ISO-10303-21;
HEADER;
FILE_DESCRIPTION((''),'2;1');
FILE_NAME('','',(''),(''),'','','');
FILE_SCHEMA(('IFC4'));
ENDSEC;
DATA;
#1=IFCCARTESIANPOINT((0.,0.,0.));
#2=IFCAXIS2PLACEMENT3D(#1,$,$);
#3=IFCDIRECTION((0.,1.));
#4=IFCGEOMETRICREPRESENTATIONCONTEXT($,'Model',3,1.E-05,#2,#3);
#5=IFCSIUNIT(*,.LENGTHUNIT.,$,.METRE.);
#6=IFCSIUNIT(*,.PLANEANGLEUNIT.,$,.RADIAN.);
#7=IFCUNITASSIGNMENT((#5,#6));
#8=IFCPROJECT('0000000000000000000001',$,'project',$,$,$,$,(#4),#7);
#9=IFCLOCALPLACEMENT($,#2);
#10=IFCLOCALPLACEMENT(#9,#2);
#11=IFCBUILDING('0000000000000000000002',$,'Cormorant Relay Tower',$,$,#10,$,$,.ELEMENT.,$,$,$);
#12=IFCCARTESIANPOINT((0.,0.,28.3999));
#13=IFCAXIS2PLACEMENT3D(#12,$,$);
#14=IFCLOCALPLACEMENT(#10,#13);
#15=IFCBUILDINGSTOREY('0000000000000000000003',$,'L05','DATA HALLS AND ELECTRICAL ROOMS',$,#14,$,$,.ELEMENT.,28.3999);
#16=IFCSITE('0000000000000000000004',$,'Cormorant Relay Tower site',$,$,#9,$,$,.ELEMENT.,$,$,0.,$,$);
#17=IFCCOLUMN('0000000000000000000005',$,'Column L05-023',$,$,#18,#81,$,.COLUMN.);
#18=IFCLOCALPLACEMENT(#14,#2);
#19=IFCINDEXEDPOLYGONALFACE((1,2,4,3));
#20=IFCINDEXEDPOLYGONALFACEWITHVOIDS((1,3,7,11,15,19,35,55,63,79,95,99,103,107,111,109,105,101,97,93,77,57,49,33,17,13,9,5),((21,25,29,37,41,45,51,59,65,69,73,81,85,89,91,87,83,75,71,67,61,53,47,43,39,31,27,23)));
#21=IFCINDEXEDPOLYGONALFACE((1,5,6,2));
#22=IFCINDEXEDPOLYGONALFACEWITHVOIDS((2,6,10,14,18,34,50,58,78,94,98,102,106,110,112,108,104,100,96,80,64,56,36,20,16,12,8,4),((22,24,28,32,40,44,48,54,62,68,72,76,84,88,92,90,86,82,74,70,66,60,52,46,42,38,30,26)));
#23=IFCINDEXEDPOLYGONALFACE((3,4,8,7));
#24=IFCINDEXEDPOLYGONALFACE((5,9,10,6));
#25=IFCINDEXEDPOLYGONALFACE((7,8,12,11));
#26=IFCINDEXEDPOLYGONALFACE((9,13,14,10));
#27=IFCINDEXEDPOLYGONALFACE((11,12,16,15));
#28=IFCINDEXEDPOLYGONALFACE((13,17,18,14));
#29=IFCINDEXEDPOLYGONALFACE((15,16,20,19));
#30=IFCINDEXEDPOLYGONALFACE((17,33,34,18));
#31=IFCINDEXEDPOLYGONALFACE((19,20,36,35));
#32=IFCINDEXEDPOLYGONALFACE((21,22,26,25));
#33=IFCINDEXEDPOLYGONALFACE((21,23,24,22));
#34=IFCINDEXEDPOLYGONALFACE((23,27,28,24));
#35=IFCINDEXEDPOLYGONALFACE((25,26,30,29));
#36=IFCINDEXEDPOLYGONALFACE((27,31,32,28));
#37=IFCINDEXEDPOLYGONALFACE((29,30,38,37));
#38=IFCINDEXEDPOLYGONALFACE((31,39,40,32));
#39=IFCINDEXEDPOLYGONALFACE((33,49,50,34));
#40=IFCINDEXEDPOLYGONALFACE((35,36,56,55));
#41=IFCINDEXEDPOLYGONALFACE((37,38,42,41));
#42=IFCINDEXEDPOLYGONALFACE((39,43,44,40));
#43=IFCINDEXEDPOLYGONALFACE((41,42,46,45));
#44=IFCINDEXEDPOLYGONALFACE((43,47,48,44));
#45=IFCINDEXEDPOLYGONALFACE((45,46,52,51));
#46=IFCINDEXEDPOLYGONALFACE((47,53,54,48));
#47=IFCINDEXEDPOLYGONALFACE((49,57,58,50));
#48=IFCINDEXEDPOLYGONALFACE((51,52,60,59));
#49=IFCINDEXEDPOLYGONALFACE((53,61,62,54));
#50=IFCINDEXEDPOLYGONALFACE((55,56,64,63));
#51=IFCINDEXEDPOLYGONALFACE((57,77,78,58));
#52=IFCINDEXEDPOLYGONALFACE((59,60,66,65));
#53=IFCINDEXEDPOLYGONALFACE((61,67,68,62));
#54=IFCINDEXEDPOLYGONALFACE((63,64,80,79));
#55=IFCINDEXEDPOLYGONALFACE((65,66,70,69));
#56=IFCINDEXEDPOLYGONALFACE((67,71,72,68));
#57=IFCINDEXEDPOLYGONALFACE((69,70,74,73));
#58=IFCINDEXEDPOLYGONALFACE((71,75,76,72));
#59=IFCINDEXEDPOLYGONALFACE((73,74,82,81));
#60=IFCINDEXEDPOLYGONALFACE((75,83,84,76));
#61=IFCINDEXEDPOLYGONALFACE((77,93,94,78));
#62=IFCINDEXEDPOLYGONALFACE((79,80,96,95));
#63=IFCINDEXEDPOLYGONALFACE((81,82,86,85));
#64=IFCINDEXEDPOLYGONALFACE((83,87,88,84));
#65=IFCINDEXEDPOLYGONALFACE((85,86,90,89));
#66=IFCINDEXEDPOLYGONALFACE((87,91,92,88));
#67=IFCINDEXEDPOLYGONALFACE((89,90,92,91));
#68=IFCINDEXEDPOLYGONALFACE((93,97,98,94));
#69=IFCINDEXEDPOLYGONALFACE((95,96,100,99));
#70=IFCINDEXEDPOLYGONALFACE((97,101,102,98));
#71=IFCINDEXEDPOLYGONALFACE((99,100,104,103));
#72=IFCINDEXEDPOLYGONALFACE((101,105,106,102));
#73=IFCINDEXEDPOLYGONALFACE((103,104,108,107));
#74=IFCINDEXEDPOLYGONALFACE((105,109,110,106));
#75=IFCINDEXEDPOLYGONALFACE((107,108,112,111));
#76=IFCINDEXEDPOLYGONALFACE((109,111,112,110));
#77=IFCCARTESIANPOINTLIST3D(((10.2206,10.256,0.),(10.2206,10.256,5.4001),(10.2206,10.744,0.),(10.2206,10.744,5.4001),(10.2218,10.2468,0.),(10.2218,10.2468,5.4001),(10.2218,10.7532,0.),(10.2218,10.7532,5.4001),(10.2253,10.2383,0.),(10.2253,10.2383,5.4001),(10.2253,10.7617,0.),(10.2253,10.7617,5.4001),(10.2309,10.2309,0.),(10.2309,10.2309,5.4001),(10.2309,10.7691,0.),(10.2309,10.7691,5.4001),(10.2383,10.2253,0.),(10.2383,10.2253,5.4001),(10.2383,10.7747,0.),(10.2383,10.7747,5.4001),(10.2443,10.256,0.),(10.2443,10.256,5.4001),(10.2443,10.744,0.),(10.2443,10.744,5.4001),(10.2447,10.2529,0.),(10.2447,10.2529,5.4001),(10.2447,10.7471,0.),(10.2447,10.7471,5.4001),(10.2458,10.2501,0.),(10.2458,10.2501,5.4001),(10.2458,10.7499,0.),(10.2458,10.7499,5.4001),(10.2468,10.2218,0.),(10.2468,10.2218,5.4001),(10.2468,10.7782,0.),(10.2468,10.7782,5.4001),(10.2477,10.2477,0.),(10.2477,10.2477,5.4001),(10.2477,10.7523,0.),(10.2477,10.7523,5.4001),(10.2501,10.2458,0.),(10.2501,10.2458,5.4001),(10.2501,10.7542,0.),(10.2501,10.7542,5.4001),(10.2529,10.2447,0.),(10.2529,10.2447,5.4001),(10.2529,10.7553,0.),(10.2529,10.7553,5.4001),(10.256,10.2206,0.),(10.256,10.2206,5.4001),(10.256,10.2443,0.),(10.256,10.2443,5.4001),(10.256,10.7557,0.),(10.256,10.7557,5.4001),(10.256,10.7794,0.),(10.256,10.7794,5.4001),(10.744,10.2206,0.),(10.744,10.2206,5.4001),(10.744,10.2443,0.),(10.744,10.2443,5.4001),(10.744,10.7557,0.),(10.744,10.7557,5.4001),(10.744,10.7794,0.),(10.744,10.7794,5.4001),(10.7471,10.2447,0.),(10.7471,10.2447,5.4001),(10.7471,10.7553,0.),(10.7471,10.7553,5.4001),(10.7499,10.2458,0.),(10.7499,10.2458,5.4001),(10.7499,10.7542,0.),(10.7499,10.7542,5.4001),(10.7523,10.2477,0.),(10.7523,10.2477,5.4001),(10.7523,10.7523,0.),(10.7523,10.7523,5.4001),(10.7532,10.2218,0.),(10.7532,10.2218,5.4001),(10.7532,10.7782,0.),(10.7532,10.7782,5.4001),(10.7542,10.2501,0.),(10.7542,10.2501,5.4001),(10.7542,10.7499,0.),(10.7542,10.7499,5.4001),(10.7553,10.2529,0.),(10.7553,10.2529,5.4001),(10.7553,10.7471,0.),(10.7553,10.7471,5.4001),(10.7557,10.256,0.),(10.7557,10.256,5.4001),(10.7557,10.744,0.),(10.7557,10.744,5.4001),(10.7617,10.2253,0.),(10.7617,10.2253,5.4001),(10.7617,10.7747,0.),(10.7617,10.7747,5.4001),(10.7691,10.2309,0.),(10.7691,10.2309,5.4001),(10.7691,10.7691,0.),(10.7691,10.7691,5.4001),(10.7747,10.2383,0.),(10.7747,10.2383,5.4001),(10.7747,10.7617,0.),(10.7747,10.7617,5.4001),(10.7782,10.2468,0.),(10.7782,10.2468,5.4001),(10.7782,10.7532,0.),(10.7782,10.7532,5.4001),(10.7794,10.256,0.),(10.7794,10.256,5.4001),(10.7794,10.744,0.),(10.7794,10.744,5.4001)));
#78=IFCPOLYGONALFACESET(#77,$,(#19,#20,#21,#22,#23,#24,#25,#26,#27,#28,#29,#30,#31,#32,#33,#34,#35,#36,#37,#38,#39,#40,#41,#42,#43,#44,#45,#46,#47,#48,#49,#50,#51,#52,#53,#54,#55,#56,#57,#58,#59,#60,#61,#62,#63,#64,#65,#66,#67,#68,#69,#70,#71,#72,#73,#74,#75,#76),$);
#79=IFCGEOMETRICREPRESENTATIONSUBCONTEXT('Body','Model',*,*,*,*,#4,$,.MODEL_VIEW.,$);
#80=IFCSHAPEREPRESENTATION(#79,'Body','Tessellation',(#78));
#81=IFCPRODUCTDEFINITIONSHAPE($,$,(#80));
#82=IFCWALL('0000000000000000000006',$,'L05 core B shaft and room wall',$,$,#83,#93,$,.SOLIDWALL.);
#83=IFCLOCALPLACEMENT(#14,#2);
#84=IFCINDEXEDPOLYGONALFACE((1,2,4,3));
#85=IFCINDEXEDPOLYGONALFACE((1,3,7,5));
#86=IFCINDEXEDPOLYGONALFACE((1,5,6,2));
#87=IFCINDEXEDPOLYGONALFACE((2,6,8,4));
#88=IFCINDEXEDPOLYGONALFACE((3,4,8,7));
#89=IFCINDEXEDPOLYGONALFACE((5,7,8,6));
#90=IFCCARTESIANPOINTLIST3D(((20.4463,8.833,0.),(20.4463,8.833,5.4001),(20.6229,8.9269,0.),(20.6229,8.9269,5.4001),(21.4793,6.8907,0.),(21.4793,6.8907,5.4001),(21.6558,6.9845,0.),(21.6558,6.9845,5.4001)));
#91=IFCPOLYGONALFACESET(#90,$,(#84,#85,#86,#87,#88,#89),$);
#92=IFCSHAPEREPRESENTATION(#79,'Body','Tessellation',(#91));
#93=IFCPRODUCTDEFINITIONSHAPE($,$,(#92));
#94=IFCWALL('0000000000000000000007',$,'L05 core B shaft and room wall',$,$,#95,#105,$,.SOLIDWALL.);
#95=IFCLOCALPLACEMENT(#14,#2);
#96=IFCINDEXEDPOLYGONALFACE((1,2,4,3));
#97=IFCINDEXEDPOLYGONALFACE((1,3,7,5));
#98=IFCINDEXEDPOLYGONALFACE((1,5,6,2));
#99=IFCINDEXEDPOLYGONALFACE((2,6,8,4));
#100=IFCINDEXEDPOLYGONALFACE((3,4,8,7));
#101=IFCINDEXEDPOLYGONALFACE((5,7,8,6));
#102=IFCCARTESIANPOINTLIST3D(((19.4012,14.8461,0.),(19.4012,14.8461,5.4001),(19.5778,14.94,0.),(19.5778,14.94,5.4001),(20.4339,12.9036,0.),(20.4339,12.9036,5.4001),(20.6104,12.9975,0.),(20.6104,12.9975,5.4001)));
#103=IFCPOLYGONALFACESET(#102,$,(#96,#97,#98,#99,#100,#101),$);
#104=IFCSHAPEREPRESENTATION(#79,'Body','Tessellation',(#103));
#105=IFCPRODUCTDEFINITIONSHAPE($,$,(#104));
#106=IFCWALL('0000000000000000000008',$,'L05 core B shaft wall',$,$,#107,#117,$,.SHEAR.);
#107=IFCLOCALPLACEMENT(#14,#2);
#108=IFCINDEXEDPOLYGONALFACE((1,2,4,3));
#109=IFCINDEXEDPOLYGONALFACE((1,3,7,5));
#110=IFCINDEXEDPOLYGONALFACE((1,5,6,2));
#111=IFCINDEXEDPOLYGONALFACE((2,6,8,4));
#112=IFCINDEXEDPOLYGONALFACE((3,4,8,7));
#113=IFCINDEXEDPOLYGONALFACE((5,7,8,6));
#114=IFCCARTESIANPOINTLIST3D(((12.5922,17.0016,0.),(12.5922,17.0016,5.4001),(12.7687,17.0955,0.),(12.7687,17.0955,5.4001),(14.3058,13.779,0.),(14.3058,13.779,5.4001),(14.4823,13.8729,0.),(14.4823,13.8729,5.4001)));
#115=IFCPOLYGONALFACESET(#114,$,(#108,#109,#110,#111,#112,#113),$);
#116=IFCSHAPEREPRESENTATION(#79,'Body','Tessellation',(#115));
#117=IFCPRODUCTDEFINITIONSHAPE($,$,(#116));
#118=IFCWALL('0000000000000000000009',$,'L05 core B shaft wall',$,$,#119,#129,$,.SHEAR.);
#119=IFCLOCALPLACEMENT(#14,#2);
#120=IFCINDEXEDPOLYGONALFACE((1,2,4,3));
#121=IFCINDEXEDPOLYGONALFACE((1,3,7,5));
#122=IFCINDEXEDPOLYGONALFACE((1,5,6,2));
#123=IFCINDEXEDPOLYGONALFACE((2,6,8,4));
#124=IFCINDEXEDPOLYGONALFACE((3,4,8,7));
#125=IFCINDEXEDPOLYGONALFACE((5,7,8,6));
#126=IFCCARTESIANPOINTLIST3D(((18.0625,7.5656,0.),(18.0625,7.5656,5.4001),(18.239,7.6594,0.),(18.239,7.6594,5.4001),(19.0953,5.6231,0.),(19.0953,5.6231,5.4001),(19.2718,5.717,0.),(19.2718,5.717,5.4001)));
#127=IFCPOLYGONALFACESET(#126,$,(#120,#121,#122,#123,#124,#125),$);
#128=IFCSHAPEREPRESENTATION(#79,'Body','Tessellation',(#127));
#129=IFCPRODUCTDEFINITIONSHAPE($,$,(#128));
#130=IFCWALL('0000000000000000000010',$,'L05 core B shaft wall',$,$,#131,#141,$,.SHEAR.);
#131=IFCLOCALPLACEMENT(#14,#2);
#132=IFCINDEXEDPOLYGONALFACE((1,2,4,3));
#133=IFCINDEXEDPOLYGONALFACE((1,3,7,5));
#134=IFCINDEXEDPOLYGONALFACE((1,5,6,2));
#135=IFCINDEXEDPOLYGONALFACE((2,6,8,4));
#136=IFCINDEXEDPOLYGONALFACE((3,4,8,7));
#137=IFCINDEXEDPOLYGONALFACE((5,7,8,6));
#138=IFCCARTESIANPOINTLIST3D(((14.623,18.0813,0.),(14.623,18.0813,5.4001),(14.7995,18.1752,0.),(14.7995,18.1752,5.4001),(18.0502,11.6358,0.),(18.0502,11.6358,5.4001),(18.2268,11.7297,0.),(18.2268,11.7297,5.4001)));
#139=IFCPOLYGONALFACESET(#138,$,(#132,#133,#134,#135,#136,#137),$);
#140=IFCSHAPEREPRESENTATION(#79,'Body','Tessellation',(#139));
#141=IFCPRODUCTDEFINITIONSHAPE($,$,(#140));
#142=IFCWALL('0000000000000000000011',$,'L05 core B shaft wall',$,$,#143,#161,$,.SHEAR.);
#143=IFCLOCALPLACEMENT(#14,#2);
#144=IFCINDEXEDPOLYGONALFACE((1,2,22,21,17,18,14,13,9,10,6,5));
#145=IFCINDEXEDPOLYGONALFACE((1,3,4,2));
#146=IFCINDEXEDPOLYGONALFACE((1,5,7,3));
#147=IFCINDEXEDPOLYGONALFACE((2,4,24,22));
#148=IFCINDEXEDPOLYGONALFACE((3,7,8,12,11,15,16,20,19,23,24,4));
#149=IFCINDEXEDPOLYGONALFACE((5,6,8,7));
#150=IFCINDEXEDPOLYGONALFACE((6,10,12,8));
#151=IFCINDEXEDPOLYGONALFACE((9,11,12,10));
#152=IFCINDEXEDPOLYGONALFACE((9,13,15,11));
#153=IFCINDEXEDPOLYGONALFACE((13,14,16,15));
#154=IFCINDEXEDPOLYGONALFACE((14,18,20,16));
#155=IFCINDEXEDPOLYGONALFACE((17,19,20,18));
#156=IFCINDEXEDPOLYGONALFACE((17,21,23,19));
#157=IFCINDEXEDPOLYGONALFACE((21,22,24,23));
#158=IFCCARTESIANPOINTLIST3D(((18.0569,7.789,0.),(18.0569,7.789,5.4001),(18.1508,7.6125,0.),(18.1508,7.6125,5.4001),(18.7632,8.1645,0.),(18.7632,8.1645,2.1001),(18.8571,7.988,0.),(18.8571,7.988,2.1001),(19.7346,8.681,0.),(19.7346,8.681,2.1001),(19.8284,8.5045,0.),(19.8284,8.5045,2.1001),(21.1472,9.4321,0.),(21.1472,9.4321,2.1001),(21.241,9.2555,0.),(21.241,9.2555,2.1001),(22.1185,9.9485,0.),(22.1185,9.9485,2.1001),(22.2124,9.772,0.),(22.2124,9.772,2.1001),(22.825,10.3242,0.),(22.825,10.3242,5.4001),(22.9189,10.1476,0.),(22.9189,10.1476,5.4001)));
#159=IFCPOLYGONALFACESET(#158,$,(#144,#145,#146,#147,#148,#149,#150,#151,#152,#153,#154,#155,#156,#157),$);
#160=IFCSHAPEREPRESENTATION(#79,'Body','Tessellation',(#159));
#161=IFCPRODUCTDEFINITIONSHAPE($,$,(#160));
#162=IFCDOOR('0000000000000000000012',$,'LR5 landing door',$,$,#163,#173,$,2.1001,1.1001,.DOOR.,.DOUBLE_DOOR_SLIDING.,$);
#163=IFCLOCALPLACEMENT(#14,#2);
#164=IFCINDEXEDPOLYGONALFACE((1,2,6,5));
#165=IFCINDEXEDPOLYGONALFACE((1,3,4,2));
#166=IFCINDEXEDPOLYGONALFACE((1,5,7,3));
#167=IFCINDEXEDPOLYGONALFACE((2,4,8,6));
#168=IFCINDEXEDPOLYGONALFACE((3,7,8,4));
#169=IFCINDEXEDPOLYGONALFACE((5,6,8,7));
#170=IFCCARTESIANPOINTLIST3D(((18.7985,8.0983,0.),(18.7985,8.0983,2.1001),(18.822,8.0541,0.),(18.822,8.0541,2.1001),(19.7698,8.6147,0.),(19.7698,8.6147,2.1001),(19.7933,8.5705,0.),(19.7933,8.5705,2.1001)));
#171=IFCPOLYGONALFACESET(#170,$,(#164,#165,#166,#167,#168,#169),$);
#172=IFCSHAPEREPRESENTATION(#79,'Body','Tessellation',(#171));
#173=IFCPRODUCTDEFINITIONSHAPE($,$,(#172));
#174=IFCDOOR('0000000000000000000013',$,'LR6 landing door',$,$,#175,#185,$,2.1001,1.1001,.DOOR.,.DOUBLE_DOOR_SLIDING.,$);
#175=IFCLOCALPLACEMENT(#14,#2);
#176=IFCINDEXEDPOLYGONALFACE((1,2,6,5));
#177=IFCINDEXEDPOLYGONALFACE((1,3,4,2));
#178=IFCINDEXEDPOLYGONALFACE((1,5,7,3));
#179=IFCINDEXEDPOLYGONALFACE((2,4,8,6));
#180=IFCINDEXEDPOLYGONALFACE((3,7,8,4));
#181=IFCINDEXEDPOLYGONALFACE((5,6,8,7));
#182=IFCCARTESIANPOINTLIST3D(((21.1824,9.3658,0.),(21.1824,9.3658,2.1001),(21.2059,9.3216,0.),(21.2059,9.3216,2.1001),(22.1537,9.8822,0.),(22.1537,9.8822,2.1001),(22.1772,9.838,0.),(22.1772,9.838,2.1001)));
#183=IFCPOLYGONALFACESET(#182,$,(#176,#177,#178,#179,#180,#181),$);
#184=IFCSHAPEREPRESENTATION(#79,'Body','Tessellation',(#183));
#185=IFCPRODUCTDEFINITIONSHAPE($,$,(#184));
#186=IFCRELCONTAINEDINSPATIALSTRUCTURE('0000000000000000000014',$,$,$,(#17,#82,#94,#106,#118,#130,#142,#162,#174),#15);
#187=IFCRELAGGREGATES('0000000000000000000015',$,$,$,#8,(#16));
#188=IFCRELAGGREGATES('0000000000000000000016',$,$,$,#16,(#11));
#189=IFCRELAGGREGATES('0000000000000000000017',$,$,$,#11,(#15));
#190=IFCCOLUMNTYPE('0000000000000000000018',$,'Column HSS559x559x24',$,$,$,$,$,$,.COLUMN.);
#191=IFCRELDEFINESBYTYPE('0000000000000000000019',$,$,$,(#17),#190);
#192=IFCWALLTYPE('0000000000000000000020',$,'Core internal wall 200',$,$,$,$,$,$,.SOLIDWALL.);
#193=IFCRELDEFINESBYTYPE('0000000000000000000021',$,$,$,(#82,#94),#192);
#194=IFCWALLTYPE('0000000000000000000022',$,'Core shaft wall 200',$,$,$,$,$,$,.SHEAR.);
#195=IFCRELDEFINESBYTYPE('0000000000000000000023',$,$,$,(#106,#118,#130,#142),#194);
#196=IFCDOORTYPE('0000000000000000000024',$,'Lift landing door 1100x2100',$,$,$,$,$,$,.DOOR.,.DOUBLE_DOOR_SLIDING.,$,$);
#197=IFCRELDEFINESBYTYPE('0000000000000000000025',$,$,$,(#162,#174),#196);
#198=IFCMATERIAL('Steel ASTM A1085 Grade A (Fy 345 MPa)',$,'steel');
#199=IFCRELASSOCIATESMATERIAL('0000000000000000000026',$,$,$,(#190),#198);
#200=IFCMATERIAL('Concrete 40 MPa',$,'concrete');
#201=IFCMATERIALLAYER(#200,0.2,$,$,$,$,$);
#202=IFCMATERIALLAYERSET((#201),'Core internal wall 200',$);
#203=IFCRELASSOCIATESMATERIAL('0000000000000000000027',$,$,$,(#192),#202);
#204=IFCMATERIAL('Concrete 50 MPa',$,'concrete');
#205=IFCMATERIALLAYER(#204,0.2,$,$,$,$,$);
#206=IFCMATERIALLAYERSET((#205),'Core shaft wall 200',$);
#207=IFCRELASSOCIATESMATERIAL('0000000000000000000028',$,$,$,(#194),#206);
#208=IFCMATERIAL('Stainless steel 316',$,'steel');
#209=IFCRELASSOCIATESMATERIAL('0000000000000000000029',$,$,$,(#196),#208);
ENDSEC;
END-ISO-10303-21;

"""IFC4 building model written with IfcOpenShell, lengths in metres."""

from ifc_helpers import new_model, si_unit, direction, frame, frame_2d, origin, origin_2d, place, context, subcontext, project, spatial, rectangle, hollow_rectangle, extrude, material, layer, layer_set, material_profile, profile_set, type_object, element, fill, save


model = new_model("IFC4")

# Units and contexts
model_context = context("Model", 3, precision=1e-05, world=origin(), true_north=direction((0.0, 1.0)))
body_context = subcontext(model_context, "Body", "Model", "MODEL_VIEW")
ifc_project = project(units=[si_unit("LENGTHUNIT", "METRE"), si_unit("PLANEANGLEUNIT", "RADIAN")], contexts=[model_context])

# Site, building, storey
site_placement = place(None, origin())
site = spatial("IfcSite", under=ifc_project, at=site_placement, Name="Cormorant Relay Tower site", CompositionType="ELEMENT", RefElevation=0.0)
building_placement = place(site_placement, origin())
building = spatial("IfcBuilding", under=site, at=building_placement, Name="Cormorant Relay Tower", CompositionType="ELEMENT")
storey_placement = place(building_placement, frame((0.0, 0.0, 28.3999)))
storey = spatial("IfcBuildingStorey", under=building, at=storey_placement, Name="L05", Description="DATA HALLS AND ELECTRICAL ROOMS", CompositionType="ELEMENT", Elevation=28.3999)

# Column
ifc_material_1 = material(Name="Steel ASTM A1085 Grade A (Fy 345 MPa)", Category="steel")
ifc_material_profile = material_profile(ifc_material_1, hollow_rectangle(XDim=0.5588, YDim=0.5588, WallThickness=0.0237, InnerFilletRadius=0.0117, OuterFilletRadius=0.0354, at=origin_2d()), Name="HSS559x559x24")
ifc_profile_set = profile_set([ifc_material_profile], Name="Steel ASTM A1085 Grade A (Fy 345 MPa)")
column_type = type_object("IfcColumnType", Name="Column HSS559x559x24", PredefinedType="COLUMN", material=ifc_profile_set)
column_placement = place(storey_placement, frame((10.5, 10.5, 0.0), z_axis=(0.0, 0.0, 1.0), x_axis=(1.0, 0.0, 0.0)))
element("IfcColumn", 1, at=column_placement, inside=storey, type_object=column_type, Name="Column L05-023", PredefinedType="COLUMN", context=body_context, shape_type="SweptSolid", body=[
    extrude(hollow_rectangle(XDim=0.5588, YDim=0.5588, WallThickness=0.0237, InnerFilletRadius=0.0117, OuterFilletRadius=0.0354, at=origin_2d()), origin(), (0.0, 0.0, 1.0), 5.4001),
])

# Walls
ifc_material_2 = material(Name="Concrete 40 MPa", Category="concrete")
ifc_layer_1 = layer(ifc_material_2, 0.2)
ifc_layer_set_1 = layer_set([ifc_layer_1], Name="Core internal wall 200")
wall_type_1 = type_object("IfcWallType", Name="Core internal wall 200", PredefinedType="SOLIDWALL", material=ifc_layer_set_1)
for number, where, z_axis, x_axis, name in (
    (2, (21.5676, 6.9375, 0.0), (0.0, 0.0, 1.0), (-0.469534, 0.882914, 0.0), "L05 core B shaft and room wall"),
    (3, (20.5222, 12.9504, 0.0), (0.0, 0.0, 1.0), (-0.469401, 0.882985, 0.0), "L05 core B shaft and room wall"),
):
    element("IfcWall", number, at=place(storey_placement, frame(where, z_axis=z_axis, x_axis=x_axis)), inside=storey, type_object=wall_type_1, Name=name, PredefinedType="SOLIDWALL", context=body_context, shape_type="SweptSolid", body=[
        extrude(rectangle(XDim=2.2, YDim=0.2, at=frame_2d((1.1001, 0.0))), origin(), (0.0, 0.0, 1.0), 5.4001),
    ])
ifc_material_3 = material(Name="Concrete 50 MPa", Category="concrete")
ifc_layer_2 = layer(ifc_material_3, 0.2)
ifc_layer_set_2 = layer_set([ifc_layer_2], Name="Core shaft wall 200")
wall_type_2 = type_object("IfcWallType", Name="Core shaft wall 200", PredefinedType="SHEAR", material=ifc_layer_set_2)
wall_1_placement = place(storey_placement, frame((14.394, 13.8259, 0.0), z_axis=(0.0, 0.0, 1.0), x_axis=(-0.469494, 0.882936, 0.0)))
element("IfcWall", 4, at=wall_1_placement, inside=storey, type_object=wall_type_2, Name="L05 core B shaft wall", PredefinedType="SHEAR", context=body_context, shape_type="SweptSolid", body=[
    extrude(rectangle(XDim=3.6499, YDim=0.2, at=frame_2d((1.825, 0.0))), origin(), (0.0, 0.0, 1.0), 5.4001),
])
wall_2_placement = place(storey_placement, frame((19.1836, 5.6699, 0.0), z_axis=(0.0, 0.0, 1.0), x_axis=(-0.469447, 0.88296, 0.0)))
element("IfcWall", 5, at=wall_2_placement, inside=storey, type_object=wall_type_2, Name="L05 core B shaft wall", PredefinedType="SHEAR", context=body_context, shape_type="SweptSolid", body=[
    extrude(rectangle(XDim=2.2, YDim=0.2, at=frame_2d((1.1001, 0.0))), origin(), (0.0, 0.0, 1.0), 5.4001),
])
wall_3_placement = place(storey_placement, frame((18.1384, 11.6829, 0.0), z_axis=(0.0, 0.0, 1.0), x_axis=(-0.46948, 0.882943, 0.0)))
element("IfcWall", 6, at=wall_3_placement, inside=storey, type_object=wall_type_2, Name="L05 core B shaft wall", PredefinedType="SHEAR", context=body_context, shape_type="SweptSolid", body=[
    extrude(rectangle(XDim=7.3, YDim=0.2, at=frame_2d((3.6499, 0.0))), origin(), (0.0, 0.0, 1.0), 5.4001),
])

# Wall, openings, doors
wall_4_placement = place(storey_placement, frame((18.1038, 7.7007, 0.0), z_axis=(0.0, 0.0, 1.0), x_axis=(0.882953, 0.469462, 0.0)))
wall_4 = element("IfcWall", 7, at=wall_4_placement, inside=storey, type_object=wall_type_2, Name="L05 core B shaft wall", PredefinedType="SHEAR", context=body_context, shape_type="SweptSolid", body=[
    extrude(rectangle(XDim=5.4001, YDim=0.2, at=frame_2d((2.7002, 0.0))), origin(), (0.0, 0.0, 1.0), 5.4001),
])
opening_1_placement = place(wall_4_placement, frame((0.8, 0.0, 0.0)))
opening_1 = element("IfcOpeningElement", 8, at=opening_1_placement, cuts=wall_4, PredefinedType="OPENING", context=body_context, shape_type="SweptSolid", body=[
    extrude(rectangle(XDim=1.1001, YDim=2.1001, at=frame_2d((0.55, 1.05))), frame((0.0, 0.1099, 0.0), z_axis=(0.0, -1.0, 0.0), x_axis=(1.0, 0.0, 0.0)), (0.0, 0.0, 1.0), 0.22),
])
opening_2_placement = place(wall_4_placement, frame((3.5, 0.0, 0.0)))
opening_2 = element("IfcOpeningElement", 9, at=opening_2_placement, cuts=wall_4, PredefinedType="OPENING", context=body_context, shape_type="SweptSolid", body=[
    extrude(rectangle(XDim=1.1001, YDim=2.1001, at=frame_2d((0.55, 1.05))), frame((0.0, 0.1099, 0.0), z_axis=(0.0, -1.0, 0.0), x_axis=(1.0, 0.0, 0.0)), (0.0, 0.0, 1.0), 0.22),
])
ifc_material_4 = material(Name="Stainless steel 316", Category="steel")
door_type_1 = type_object("IfcDoorType", Name="Lift landing door 1100x2100", OperationType="DOUBLE_DOOR_SLIDING", PredefinedType="DOOR", material=ifc_material_4)
door_1_placement = place(opening_1_placement, origin())
door_1 = element("IfcDoor", 10, at=door_1_placement, inside=storey, type_object=door_type_1, Name="LR5 landing door", OperationType="DOUBLE_DOOR_SLIDING", OverallHeight=2.1001, OverallWidth=1.1001, PredefinedType="DOOR", context=body_context, shape_type="SweptSolid", body=[
    extrude(rectangle(XDim=1.1001, YDim=2.1001, at=frame_2d((0.55, 1.05))), frame((0.0, 0.0249, 0.0), z_axis=(0.0, -1.0, 0.0), x_axis=(1.0, 0.0, 0.0)), (0.0, 0.0, 1.0), 0.05),
])
fill(opening_1, door_1)
door_2_placement = place(opening_2_placement, origin())
door_2 = element("IfcDoor", 11, at=door_2_placement, inside=storey, type_object=door_type_1, Name="LR6 landing door", OperationType="DOUBLE_DOOR_SLIDING", OverallHeight=2.1001, OverallWidth=1.1001, PredefinedType="DOOR", context=body_context, shape_type="SweptSolid", body=[
    extrude(rectangle(XDim=1.1001, YDim=2.1001, at=frame_2d((0.55, 1.05))), frame((0.0, 0.0249, 0.0), z_axis=(0.0, -1.0, 0.0), x_axis=(1.0, 0.0, 0.0)), (0.0, 0.0, 1.0), 0.05),
])
fill(opening_2, door_2)

save(model, "model.ifc")
